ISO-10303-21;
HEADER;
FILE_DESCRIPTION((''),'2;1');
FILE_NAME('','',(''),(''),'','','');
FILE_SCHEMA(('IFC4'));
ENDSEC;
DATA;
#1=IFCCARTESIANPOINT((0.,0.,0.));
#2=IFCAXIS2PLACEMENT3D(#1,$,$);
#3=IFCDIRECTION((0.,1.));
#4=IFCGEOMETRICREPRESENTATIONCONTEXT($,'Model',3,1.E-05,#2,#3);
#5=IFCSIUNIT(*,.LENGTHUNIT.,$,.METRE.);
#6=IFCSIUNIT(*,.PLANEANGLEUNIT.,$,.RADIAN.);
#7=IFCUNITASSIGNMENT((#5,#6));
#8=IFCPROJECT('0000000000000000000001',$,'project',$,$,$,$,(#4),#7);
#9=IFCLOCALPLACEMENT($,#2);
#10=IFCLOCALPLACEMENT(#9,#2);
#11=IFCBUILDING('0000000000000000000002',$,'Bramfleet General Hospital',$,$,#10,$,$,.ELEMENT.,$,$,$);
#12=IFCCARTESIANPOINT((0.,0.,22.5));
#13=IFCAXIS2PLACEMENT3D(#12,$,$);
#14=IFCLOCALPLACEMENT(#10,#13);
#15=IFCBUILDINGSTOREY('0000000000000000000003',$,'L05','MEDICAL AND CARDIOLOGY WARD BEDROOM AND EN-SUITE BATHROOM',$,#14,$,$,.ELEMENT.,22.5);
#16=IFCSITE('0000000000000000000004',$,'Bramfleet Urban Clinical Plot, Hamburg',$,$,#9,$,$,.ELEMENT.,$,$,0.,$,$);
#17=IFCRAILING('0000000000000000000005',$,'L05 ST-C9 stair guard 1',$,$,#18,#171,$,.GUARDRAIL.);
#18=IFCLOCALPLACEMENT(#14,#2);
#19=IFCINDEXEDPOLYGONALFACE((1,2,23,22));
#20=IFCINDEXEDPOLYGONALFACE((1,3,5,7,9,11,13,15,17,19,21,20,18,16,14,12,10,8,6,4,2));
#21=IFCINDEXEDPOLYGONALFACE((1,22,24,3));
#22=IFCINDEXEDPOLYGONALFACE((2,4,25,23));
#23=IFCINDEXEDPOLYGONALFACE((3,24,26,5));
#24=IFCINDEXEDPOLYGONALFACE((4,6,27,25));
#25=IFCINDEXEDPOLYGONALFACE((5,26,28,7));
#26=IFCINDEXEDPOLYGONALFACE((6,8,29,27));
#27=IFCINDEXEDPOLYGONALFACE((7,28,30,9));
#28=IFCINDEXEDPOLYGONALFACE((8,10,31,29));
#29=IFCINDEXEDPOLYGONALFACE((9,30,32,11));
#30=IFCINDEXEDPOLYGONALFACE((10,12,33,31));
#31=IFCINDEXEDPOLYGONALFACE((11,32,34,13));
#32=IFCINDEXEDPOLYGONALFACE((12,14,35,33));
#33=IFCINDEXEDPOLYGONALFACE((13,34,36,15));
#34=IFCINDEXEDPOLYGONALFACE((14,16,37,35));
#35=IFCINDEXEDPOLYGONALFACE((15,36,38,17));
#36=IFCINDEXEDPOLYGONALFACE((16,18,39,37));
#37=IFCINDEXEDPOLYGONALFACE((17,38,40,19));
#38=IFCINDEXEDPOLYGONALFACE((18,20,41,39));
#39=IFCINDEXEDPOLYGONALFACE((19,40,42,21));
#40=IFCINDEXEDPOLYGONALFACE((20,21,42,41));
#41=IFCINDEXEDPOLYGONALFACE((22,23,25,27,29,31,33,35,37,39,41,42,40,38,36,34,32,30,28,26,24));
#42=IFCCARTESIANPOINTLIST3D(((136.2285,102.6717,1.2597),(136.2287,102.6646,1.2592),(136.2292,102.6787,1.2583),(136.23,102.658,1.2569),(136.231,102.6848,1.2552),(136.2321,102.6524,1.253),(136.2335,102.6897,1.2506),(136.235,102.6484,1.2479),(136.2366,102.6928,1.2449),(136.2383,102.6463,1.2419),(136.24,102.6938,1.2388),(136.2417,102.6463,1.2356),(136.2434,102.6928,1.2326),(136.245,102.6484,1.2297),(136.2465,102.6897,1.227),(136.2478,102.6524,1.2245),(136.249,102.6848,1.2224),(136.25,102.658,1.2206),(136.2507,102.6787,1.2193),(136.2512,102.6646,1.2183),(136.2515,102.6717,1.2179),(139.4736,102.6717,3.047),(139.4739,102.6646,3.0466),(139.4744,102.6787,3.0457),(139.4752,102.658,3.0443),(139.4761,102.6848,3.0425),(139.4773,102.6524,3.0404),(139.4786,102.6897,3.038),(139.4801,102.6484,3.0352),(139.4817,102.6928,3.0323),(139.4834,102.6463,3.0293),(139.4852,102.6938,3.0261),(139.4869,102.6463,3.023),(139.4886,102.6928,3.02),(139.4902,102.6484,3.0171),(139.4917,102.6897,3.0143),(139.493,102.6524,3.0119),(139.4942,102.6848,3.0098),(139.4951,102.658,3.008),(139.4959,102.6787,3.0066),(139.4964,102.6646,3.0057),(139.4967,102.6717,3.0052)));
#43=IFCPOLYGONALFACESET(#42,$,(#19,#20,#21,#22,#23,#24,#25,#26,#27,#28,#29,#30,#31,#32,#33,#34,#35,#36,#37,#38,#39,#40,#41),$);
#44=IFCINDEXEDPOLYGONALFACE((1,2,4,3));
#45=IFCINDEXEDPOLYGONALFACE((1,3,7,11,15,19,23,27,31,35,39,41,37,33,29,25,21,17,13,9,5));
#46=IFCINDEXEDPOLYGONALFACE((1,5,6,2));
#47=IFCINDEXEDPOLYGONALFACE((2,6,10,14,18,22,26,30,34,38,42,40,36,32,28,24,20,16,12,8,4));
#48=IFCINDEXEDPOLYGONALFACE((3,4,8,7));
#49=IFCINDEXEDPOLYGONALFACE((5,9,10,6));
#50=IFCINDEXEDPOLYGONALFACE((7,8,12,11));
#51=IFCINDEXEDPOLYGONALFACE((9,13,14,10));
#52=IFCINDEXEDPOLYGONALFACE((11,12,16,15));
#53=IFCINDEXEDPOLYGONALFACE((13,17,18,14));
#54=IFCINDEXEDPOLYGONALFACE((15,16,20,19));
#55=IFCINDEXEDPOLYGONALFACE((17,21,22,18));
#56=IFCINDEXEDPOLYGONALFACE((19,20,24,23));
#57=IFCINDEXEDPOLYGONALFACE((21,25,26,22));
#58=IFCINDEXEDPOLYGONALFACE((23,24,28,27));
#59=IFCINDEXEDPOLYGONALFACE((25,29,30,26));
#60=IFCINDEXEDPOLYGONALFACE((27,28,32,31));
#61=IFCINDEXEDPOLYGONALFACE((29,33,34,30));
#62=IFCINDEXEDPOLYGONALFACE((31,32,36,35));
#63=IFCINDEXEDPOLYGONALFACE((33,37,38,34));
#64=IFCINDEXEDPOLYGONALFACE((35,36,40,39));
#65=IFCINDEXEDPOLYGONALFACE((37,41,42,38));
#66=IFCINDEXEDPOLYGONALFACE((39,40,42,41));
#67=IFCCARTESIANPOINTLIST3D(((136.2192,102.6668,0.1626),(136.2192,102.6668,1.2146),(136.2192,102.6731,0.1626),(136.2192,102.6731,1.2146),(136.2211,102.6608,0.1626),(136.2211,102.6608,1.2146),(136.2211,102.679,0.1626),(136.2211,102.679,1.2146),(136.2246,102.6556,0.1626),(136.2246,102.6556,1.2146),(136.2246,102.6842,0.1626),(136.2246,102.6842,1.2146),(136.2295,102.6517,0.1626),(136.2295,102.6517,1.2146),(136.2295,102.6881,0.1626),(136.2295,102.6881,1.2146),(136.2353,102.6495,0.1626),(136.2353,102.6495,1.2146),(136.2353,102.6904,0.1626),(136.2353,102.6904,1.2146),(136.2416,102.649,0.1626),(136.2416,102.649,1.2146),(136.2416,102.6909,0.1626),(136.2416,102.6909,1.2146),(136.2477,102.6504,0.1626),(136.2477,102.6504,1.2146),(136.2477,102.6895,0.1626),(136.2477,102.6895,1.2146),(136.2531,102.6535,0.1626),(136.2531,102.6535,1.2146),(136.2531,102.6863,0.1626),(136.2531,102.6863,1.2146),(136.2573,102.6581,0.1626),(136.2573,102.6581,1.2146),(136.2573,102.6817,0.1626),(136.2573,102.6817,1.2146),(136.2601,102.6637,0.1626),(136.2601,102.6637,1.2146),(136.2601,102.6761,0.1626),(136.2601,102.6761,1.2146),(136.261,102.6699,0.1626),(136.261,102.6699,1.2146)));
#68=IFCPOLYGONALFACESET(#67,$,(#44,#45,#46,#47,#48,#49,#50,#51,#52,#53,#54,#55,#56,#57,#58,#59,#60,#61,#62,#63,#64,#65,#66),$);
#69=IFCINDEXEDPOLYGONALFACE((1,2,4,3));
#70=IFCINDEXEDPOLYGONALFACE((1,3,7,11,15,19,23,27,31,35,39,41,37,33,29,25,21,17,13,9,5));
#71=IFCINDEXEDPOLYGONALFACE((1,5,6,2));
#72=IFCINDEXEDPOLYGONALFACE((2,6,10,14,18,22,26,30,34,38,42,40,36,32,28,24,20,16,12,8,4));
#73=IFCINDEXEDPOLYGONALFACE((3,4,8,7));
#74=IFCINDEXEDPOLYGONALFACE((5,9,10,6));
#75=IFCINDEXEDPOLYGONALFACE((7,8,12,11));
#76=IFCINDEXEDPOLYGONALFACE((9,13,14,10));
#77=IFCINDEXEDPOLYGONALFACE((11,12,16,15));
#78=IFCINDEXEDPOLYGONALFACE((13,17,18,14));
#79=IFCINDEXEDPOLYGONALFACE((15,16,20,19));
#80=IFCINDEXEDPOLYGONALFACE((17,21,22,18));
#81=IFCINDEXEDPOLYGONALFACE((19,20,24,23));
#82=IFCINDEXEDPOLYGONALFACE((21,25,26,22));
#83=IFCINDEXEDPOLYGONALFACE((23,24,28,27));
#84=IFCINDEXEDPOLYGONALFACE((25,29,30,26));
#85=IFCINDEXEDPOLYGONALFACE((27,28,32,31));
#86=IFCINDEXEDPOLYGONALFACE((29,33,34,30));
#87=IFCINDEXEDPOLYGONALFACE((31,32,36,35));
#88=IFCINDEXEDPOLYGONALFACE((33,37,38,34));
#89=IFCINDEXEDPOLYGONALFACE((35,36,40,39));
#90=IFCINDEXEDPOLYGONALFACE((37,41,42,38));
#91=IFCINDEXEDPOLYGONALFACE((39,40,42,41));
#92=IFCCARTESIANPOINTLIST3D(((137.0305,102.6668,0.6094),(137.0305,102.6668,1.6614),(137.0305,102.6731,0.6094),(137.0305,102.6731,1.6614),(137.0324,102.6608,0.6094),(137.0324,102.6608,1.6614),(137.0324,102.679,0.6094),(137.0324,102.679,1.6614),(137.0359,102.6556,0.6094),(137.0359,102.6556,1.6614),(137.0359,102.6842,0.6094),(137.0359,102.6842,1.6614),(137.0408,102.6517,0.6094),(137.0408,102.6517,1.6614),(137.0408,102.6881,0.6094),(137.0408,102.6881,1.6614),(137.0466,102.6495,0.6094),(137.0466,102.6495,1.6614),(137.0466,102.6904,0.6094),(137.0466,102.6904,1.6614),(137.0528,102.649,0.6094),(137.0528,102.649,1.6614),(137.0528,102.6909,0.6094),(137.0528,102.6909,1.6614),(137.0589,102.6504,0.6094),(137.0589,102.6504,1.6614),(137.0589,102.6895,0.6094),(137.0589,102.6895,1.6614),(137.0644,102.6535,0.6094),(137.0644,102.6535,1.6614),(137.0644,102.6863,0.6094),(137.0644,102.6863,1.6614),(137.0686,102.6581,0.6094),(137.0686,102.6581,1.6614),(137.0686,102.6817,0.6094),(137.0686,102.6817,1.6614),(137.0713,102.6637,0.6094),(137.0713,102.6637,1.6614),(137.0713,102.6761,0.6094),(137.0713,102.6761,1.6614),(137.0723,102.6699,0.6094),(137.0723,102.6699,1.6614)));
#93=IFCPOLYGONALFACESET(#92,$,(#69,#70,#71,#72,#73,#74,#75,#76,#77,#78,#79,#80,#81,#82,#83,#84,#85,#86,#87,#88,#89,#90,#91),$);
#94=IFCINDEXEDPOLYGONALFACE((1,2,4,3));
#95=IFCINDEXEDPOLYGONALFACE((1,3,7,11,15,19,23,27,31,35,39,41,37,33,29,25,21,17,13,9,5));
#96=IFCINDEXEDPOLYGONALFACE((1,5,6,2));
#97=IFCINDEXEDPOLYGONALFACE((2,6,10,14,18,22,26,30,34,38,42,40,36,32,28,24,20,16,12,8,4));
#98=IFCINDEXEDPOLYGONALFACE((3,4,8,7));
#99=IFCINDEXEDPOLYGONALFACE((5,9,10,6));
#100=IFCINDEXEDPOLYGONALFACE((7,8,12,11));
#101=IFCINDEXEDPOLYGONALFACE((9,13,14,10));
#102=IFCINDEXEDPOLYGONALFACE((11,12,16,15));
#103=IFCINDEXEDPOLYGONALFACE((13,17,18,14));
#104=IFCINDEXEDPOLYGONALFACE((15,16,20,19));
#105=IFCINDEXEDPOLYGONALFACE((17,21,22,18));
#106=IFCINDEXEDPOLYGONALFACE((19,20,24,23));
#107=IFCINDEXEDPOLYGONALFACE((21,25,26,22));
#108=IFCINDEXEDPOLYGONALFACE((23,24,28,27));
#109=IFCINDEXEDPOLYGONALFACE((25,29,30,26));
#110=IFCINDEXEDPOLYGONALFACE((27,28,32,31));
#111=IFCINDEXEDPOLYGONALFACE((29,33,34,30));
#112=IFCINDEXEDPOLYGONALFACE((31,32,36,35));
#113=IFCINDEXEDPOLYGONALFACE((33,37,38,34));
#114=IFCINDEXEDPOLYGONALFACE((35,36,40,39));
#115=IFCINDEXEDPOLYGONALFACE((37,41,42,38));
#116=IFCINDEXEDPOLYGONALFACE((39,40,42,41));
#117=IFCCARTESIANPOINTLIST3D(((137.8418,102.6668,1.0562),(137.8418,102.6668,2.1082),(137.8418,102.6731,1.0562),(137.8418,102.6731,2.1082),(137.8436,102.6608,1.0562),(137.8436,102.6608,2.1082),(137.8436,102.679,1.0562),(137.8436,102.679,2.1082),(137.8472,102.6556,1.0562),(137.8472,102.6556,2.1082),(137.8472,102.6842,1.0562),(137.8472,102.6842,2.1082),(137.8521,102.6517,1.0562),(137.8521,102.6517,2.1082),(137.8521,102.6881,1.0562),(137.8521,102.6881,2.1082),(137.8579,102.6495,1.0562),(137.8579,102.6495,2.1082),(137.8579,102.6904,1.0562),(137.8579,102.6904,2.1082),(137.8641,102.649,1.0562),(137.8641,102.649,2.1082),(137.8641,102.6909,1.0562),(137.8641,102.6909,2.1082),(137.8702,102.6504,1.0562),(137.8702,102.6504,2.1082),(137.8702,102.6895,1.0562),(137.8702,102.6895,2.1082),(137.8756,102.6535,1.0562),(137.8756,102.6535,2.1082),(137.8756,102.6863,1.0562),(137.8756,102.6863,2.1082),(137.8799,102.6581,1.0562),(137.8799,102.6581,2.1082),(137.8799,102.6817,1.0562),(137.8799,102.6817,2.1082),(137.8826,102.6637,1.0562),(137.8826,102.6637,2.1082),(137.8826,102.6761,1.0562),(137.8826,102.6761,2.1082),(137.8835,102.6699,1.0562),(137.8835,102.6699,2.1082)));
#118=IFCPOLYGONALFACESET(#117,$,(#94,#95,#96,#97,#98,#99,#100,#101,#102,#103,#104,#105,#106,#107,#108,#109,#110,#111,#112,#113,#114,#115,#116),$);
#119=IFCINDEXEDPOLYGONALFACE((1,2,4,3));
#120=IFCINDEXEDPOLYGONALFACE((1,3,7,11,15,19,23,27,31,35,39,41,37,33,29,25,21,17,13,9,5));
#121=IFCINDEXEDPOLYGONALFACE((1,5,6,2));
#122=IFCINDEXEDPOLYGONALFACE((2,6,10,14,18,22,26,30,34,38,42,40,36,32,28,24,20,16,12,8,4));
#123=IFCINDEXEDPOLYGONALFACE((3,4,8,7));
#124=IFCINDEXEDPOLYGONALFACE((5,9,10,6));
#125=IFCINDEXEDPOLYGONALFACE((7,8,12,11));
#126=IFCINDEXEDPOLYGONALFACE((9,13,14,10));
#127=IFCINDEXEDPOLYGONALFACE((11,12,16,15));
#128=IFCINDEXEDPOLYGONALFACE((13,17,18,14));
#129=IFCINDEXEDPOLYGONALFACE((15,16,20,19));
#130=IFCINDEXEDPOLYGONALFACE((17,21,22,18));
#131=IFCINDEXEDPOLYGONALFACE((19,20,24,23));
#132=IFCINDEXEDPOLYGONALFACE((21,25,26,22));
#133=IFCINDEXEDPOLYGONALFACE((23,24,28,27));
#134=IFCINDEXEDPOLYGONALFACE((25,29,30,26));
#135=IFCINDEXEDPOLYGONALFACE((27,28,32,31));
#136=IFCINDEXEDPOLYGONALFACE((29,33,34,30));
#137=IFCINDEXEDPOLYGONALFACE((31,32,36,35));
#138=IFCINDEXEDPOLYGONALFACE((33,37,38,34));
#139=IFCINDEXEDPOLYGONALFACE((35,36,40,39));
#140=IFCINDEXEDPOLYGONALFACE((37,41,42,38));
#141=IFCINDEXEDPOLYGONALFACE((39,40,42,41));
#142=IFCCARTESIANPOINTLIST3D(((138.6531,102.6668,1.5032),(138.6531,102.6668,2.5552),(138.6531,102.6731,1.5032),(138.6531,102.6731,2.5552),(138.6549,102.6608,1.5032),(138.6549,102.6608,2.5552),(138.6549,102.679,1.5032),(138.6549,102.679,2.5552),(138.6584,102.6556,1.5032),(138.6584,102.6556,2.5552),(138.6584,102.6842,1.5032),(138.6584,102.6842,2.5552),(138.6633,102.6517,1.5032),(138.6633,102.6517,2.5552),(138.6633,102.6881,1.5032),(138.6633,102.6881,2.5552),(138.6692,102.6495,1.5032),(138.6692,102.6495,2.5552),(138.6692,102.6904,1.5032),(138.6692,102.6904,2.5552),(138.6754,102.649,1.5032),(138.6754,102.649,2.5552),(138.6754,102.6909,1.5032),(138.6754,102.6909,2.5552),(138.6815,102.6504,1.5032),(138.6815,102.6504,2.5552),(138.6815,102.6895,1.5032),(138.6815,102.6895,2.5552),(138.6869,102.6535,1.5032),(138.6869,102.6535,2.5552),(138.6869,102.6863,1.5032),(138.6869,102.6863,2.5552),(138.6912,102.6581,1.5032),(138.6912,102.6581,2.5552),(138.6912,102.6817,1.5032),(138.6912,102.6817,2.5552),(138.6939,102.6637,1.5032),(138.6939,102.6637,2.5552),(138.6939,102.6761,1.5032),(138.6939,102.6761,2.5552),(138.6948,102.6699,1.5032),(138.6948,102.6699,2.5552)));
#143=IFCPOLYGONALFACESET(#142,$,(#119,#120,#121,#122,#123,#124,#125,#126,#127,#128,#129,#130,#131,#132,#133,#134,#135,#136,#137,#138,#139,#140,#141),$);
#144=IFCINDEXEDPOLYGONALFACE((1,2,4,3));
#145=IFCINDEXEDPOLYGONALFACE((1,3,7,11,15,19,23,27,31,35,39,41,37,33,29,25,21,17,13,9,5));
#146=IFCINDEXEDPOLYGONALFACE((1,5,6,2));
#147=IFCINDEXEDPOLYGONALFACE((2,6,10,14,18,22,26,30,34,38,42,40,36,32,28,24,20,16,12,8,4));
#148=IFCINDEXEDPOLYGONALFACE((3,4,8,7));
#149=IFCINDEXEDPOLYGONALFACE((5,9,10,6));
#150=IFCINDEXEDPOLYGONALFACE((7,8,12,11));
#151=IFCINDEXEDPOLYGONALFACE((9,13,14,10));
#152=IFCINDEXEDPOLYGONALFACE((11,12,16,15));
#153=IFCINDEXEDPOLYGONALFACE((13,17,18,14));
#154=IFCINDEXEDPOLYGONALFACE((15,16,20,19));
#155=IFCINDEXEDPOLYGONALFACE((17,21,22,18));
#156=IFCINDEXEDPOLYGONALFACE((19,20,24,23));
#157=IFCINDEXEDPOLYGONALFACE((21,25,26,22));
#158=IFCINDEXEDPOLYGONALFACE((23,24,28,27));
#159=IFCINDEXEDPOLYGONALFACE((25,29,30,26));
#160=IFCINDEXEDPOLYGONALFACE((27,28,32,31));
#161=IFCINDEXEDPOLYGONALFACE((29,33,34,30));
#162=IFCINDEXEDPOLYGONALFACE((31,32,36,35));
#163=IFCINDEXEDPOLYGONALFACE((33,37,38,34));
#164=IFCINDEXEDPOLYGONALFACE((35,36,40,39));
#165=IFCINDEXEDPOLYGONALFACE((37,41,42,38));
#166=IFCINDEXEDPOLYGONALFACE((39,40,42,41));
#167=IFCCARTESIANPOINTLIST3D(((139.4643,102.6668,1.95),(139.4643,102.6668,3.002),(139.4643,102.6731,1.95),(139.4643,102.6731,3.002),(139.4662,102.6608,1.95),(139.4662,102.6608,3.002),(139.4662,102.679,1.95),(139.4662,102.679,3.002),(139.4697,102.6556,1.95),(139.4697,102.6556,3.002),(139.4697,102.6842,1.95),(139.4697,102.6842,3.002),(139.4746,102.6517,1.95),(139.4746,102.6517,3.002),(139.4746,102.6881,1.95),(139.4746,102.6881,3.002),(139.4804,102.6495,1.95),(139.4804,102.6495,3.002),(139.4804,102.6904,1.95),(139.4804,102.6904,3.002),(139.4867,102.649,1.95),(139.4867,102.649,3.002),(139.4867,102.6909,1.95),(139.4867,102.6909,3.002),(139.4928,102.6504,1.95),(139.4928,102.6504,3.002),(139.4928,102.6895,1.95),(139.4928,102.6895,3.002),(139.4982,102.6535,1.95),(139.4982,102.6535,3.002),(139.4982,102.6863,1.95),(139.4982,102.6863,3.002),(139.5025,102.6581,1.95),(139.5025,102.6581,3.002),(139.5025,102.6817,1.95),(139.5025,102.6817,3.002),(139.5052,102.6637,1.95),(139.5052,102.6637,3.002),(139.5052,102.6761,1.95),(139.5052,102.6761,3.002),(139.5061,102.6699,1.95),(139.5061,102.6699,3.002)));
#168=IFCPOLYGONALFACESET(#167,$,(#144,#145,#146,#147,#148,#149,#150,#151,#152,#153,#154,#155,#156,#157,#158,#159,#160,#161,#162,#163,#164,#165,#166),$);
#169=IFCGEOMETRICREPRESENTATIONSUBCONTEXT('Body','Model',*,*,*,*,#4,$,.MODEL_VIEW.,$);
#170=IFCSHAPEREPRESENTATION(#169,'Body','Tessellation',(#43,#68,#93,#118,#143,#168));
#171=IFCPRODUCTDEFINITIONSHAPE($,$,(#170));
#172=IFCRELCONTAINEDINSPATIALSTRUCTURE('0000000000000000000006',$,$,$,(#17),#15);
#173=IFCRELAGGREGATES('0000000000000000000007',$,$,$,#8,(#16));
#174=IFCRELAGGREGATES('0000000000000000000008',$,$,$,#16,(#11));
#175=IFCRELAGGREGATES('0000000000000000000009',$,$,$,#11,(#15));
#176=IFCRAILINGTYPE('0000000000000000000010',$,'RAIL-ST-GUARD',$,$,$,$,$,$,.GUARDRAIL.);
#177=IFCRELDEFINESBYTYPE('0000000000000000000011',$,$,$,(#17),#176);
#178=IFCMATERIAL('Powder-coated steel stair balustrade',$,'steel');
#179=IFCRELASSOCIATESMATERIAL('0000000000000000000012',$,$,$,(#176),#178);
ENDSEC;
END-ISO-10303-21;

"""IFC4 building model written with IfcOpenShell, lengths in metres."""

from ifc_helpers import new_model, si_unit, direction, frame, origin, origin_2d, place, context, subcontext, project, spatial, circle, extrude, material, type_object, element, save


model = new_model("IFC4")

# Units and contexts
model_context = context("Model", 3, precision=1e-05, world=origin(), true_north=direction((0.0, 1.0)))
body_context = subcontext(model_context, "Body", "Model", "MODEL_VIEW")
ifc_project = project(units=[si_unit("LENGTHUNIT", "METRE"), si_unit("PLANEANGLEUNIT", "RADIAN")], contexts=[model_context])

# Site, building, storey
site_placement = place(None, origin())
site = spatial("IfcSite", under=ifc_project, at=site_placement, Name="Bramfleet Urban Clinical Plot, Hamburg", CompositionType="ELEMENT", RefElevation=0.0)
building_placement = place(site_placement, origin())
building = spatial("IfcBuilding", under=site, at=building_placement, Name="Bramfleet General Hospital", CompositionType="ELEMENT")
storey_placement = place(building_placement, frame((0.0, 0.0, 22.5)))
storey = spatial("IfcBuildingStorey", under=building, at=storey_placement, Name="L05", Description="MEDICAL AND CARDIOLOGY WARD BEDROOM AND EN-SUITE BATHROOM", CompositionType="ELEMENT", Elevation=22.5)

# Railing
ifc_material_1 = material(Name="Powder-coated steel stair balustrade", Category="steel")
railing_type_1 = type_object("IfcRailingType", Name="RAIL-ST-GUARD", PredefinedType="GUARDRAIL", material=ifc_material_1)
railing_1_placement = place(storey_placement, frame((136.24, 102.6699, 0.1626)))
element("IfcRailing", 1, at=railing_1_placement, inside=storey, type_object=railing_type_1, Name="L05 ST-C9 stair guard 1", PredefinedType="GUARDRAIL", context=body_context, shape_type="SweptSolid", body=[
    extrude(circle(Radius=0.0239, at=origin_2d()), frame((0.0, 0.0, 1.0762), z_axis=(0.875926, 0.0, 0.482445), x_axis=(0.0, 1.0, 0.0)), (0.0, 0.0, 1.0), 3.7048),
    extrude(circle(Radius=0.021, at=origin_2d()), origin(), (0.0, 0.0, 1.0), 1.052),
    extrude(circle(Radius=0.021, at=origin_2d()), frame((0.8113, 0.0, 0.4468)), (0.0, 0.0, 1.0), 1.052),
    extrude(circle(Radius=0.021, at=origin_2d()), frame((1.6226, 0.0, 0.8936)), (0.0, 0.0, 1.0), 1.052),
    extrude(circle(Radius=0.021, at=origin_2d()), frame((2.4338, 0.0, 1.3406)), (0.0, 0.0, 1.0), 1.052),
    extrude(circle(Radius=0.021, at=origin_2d()), frame((3.2451, 0.0, 1.7874)), (0.0, 0.0, 1.0), 1.052),
])

save(model, "model.ifc")
